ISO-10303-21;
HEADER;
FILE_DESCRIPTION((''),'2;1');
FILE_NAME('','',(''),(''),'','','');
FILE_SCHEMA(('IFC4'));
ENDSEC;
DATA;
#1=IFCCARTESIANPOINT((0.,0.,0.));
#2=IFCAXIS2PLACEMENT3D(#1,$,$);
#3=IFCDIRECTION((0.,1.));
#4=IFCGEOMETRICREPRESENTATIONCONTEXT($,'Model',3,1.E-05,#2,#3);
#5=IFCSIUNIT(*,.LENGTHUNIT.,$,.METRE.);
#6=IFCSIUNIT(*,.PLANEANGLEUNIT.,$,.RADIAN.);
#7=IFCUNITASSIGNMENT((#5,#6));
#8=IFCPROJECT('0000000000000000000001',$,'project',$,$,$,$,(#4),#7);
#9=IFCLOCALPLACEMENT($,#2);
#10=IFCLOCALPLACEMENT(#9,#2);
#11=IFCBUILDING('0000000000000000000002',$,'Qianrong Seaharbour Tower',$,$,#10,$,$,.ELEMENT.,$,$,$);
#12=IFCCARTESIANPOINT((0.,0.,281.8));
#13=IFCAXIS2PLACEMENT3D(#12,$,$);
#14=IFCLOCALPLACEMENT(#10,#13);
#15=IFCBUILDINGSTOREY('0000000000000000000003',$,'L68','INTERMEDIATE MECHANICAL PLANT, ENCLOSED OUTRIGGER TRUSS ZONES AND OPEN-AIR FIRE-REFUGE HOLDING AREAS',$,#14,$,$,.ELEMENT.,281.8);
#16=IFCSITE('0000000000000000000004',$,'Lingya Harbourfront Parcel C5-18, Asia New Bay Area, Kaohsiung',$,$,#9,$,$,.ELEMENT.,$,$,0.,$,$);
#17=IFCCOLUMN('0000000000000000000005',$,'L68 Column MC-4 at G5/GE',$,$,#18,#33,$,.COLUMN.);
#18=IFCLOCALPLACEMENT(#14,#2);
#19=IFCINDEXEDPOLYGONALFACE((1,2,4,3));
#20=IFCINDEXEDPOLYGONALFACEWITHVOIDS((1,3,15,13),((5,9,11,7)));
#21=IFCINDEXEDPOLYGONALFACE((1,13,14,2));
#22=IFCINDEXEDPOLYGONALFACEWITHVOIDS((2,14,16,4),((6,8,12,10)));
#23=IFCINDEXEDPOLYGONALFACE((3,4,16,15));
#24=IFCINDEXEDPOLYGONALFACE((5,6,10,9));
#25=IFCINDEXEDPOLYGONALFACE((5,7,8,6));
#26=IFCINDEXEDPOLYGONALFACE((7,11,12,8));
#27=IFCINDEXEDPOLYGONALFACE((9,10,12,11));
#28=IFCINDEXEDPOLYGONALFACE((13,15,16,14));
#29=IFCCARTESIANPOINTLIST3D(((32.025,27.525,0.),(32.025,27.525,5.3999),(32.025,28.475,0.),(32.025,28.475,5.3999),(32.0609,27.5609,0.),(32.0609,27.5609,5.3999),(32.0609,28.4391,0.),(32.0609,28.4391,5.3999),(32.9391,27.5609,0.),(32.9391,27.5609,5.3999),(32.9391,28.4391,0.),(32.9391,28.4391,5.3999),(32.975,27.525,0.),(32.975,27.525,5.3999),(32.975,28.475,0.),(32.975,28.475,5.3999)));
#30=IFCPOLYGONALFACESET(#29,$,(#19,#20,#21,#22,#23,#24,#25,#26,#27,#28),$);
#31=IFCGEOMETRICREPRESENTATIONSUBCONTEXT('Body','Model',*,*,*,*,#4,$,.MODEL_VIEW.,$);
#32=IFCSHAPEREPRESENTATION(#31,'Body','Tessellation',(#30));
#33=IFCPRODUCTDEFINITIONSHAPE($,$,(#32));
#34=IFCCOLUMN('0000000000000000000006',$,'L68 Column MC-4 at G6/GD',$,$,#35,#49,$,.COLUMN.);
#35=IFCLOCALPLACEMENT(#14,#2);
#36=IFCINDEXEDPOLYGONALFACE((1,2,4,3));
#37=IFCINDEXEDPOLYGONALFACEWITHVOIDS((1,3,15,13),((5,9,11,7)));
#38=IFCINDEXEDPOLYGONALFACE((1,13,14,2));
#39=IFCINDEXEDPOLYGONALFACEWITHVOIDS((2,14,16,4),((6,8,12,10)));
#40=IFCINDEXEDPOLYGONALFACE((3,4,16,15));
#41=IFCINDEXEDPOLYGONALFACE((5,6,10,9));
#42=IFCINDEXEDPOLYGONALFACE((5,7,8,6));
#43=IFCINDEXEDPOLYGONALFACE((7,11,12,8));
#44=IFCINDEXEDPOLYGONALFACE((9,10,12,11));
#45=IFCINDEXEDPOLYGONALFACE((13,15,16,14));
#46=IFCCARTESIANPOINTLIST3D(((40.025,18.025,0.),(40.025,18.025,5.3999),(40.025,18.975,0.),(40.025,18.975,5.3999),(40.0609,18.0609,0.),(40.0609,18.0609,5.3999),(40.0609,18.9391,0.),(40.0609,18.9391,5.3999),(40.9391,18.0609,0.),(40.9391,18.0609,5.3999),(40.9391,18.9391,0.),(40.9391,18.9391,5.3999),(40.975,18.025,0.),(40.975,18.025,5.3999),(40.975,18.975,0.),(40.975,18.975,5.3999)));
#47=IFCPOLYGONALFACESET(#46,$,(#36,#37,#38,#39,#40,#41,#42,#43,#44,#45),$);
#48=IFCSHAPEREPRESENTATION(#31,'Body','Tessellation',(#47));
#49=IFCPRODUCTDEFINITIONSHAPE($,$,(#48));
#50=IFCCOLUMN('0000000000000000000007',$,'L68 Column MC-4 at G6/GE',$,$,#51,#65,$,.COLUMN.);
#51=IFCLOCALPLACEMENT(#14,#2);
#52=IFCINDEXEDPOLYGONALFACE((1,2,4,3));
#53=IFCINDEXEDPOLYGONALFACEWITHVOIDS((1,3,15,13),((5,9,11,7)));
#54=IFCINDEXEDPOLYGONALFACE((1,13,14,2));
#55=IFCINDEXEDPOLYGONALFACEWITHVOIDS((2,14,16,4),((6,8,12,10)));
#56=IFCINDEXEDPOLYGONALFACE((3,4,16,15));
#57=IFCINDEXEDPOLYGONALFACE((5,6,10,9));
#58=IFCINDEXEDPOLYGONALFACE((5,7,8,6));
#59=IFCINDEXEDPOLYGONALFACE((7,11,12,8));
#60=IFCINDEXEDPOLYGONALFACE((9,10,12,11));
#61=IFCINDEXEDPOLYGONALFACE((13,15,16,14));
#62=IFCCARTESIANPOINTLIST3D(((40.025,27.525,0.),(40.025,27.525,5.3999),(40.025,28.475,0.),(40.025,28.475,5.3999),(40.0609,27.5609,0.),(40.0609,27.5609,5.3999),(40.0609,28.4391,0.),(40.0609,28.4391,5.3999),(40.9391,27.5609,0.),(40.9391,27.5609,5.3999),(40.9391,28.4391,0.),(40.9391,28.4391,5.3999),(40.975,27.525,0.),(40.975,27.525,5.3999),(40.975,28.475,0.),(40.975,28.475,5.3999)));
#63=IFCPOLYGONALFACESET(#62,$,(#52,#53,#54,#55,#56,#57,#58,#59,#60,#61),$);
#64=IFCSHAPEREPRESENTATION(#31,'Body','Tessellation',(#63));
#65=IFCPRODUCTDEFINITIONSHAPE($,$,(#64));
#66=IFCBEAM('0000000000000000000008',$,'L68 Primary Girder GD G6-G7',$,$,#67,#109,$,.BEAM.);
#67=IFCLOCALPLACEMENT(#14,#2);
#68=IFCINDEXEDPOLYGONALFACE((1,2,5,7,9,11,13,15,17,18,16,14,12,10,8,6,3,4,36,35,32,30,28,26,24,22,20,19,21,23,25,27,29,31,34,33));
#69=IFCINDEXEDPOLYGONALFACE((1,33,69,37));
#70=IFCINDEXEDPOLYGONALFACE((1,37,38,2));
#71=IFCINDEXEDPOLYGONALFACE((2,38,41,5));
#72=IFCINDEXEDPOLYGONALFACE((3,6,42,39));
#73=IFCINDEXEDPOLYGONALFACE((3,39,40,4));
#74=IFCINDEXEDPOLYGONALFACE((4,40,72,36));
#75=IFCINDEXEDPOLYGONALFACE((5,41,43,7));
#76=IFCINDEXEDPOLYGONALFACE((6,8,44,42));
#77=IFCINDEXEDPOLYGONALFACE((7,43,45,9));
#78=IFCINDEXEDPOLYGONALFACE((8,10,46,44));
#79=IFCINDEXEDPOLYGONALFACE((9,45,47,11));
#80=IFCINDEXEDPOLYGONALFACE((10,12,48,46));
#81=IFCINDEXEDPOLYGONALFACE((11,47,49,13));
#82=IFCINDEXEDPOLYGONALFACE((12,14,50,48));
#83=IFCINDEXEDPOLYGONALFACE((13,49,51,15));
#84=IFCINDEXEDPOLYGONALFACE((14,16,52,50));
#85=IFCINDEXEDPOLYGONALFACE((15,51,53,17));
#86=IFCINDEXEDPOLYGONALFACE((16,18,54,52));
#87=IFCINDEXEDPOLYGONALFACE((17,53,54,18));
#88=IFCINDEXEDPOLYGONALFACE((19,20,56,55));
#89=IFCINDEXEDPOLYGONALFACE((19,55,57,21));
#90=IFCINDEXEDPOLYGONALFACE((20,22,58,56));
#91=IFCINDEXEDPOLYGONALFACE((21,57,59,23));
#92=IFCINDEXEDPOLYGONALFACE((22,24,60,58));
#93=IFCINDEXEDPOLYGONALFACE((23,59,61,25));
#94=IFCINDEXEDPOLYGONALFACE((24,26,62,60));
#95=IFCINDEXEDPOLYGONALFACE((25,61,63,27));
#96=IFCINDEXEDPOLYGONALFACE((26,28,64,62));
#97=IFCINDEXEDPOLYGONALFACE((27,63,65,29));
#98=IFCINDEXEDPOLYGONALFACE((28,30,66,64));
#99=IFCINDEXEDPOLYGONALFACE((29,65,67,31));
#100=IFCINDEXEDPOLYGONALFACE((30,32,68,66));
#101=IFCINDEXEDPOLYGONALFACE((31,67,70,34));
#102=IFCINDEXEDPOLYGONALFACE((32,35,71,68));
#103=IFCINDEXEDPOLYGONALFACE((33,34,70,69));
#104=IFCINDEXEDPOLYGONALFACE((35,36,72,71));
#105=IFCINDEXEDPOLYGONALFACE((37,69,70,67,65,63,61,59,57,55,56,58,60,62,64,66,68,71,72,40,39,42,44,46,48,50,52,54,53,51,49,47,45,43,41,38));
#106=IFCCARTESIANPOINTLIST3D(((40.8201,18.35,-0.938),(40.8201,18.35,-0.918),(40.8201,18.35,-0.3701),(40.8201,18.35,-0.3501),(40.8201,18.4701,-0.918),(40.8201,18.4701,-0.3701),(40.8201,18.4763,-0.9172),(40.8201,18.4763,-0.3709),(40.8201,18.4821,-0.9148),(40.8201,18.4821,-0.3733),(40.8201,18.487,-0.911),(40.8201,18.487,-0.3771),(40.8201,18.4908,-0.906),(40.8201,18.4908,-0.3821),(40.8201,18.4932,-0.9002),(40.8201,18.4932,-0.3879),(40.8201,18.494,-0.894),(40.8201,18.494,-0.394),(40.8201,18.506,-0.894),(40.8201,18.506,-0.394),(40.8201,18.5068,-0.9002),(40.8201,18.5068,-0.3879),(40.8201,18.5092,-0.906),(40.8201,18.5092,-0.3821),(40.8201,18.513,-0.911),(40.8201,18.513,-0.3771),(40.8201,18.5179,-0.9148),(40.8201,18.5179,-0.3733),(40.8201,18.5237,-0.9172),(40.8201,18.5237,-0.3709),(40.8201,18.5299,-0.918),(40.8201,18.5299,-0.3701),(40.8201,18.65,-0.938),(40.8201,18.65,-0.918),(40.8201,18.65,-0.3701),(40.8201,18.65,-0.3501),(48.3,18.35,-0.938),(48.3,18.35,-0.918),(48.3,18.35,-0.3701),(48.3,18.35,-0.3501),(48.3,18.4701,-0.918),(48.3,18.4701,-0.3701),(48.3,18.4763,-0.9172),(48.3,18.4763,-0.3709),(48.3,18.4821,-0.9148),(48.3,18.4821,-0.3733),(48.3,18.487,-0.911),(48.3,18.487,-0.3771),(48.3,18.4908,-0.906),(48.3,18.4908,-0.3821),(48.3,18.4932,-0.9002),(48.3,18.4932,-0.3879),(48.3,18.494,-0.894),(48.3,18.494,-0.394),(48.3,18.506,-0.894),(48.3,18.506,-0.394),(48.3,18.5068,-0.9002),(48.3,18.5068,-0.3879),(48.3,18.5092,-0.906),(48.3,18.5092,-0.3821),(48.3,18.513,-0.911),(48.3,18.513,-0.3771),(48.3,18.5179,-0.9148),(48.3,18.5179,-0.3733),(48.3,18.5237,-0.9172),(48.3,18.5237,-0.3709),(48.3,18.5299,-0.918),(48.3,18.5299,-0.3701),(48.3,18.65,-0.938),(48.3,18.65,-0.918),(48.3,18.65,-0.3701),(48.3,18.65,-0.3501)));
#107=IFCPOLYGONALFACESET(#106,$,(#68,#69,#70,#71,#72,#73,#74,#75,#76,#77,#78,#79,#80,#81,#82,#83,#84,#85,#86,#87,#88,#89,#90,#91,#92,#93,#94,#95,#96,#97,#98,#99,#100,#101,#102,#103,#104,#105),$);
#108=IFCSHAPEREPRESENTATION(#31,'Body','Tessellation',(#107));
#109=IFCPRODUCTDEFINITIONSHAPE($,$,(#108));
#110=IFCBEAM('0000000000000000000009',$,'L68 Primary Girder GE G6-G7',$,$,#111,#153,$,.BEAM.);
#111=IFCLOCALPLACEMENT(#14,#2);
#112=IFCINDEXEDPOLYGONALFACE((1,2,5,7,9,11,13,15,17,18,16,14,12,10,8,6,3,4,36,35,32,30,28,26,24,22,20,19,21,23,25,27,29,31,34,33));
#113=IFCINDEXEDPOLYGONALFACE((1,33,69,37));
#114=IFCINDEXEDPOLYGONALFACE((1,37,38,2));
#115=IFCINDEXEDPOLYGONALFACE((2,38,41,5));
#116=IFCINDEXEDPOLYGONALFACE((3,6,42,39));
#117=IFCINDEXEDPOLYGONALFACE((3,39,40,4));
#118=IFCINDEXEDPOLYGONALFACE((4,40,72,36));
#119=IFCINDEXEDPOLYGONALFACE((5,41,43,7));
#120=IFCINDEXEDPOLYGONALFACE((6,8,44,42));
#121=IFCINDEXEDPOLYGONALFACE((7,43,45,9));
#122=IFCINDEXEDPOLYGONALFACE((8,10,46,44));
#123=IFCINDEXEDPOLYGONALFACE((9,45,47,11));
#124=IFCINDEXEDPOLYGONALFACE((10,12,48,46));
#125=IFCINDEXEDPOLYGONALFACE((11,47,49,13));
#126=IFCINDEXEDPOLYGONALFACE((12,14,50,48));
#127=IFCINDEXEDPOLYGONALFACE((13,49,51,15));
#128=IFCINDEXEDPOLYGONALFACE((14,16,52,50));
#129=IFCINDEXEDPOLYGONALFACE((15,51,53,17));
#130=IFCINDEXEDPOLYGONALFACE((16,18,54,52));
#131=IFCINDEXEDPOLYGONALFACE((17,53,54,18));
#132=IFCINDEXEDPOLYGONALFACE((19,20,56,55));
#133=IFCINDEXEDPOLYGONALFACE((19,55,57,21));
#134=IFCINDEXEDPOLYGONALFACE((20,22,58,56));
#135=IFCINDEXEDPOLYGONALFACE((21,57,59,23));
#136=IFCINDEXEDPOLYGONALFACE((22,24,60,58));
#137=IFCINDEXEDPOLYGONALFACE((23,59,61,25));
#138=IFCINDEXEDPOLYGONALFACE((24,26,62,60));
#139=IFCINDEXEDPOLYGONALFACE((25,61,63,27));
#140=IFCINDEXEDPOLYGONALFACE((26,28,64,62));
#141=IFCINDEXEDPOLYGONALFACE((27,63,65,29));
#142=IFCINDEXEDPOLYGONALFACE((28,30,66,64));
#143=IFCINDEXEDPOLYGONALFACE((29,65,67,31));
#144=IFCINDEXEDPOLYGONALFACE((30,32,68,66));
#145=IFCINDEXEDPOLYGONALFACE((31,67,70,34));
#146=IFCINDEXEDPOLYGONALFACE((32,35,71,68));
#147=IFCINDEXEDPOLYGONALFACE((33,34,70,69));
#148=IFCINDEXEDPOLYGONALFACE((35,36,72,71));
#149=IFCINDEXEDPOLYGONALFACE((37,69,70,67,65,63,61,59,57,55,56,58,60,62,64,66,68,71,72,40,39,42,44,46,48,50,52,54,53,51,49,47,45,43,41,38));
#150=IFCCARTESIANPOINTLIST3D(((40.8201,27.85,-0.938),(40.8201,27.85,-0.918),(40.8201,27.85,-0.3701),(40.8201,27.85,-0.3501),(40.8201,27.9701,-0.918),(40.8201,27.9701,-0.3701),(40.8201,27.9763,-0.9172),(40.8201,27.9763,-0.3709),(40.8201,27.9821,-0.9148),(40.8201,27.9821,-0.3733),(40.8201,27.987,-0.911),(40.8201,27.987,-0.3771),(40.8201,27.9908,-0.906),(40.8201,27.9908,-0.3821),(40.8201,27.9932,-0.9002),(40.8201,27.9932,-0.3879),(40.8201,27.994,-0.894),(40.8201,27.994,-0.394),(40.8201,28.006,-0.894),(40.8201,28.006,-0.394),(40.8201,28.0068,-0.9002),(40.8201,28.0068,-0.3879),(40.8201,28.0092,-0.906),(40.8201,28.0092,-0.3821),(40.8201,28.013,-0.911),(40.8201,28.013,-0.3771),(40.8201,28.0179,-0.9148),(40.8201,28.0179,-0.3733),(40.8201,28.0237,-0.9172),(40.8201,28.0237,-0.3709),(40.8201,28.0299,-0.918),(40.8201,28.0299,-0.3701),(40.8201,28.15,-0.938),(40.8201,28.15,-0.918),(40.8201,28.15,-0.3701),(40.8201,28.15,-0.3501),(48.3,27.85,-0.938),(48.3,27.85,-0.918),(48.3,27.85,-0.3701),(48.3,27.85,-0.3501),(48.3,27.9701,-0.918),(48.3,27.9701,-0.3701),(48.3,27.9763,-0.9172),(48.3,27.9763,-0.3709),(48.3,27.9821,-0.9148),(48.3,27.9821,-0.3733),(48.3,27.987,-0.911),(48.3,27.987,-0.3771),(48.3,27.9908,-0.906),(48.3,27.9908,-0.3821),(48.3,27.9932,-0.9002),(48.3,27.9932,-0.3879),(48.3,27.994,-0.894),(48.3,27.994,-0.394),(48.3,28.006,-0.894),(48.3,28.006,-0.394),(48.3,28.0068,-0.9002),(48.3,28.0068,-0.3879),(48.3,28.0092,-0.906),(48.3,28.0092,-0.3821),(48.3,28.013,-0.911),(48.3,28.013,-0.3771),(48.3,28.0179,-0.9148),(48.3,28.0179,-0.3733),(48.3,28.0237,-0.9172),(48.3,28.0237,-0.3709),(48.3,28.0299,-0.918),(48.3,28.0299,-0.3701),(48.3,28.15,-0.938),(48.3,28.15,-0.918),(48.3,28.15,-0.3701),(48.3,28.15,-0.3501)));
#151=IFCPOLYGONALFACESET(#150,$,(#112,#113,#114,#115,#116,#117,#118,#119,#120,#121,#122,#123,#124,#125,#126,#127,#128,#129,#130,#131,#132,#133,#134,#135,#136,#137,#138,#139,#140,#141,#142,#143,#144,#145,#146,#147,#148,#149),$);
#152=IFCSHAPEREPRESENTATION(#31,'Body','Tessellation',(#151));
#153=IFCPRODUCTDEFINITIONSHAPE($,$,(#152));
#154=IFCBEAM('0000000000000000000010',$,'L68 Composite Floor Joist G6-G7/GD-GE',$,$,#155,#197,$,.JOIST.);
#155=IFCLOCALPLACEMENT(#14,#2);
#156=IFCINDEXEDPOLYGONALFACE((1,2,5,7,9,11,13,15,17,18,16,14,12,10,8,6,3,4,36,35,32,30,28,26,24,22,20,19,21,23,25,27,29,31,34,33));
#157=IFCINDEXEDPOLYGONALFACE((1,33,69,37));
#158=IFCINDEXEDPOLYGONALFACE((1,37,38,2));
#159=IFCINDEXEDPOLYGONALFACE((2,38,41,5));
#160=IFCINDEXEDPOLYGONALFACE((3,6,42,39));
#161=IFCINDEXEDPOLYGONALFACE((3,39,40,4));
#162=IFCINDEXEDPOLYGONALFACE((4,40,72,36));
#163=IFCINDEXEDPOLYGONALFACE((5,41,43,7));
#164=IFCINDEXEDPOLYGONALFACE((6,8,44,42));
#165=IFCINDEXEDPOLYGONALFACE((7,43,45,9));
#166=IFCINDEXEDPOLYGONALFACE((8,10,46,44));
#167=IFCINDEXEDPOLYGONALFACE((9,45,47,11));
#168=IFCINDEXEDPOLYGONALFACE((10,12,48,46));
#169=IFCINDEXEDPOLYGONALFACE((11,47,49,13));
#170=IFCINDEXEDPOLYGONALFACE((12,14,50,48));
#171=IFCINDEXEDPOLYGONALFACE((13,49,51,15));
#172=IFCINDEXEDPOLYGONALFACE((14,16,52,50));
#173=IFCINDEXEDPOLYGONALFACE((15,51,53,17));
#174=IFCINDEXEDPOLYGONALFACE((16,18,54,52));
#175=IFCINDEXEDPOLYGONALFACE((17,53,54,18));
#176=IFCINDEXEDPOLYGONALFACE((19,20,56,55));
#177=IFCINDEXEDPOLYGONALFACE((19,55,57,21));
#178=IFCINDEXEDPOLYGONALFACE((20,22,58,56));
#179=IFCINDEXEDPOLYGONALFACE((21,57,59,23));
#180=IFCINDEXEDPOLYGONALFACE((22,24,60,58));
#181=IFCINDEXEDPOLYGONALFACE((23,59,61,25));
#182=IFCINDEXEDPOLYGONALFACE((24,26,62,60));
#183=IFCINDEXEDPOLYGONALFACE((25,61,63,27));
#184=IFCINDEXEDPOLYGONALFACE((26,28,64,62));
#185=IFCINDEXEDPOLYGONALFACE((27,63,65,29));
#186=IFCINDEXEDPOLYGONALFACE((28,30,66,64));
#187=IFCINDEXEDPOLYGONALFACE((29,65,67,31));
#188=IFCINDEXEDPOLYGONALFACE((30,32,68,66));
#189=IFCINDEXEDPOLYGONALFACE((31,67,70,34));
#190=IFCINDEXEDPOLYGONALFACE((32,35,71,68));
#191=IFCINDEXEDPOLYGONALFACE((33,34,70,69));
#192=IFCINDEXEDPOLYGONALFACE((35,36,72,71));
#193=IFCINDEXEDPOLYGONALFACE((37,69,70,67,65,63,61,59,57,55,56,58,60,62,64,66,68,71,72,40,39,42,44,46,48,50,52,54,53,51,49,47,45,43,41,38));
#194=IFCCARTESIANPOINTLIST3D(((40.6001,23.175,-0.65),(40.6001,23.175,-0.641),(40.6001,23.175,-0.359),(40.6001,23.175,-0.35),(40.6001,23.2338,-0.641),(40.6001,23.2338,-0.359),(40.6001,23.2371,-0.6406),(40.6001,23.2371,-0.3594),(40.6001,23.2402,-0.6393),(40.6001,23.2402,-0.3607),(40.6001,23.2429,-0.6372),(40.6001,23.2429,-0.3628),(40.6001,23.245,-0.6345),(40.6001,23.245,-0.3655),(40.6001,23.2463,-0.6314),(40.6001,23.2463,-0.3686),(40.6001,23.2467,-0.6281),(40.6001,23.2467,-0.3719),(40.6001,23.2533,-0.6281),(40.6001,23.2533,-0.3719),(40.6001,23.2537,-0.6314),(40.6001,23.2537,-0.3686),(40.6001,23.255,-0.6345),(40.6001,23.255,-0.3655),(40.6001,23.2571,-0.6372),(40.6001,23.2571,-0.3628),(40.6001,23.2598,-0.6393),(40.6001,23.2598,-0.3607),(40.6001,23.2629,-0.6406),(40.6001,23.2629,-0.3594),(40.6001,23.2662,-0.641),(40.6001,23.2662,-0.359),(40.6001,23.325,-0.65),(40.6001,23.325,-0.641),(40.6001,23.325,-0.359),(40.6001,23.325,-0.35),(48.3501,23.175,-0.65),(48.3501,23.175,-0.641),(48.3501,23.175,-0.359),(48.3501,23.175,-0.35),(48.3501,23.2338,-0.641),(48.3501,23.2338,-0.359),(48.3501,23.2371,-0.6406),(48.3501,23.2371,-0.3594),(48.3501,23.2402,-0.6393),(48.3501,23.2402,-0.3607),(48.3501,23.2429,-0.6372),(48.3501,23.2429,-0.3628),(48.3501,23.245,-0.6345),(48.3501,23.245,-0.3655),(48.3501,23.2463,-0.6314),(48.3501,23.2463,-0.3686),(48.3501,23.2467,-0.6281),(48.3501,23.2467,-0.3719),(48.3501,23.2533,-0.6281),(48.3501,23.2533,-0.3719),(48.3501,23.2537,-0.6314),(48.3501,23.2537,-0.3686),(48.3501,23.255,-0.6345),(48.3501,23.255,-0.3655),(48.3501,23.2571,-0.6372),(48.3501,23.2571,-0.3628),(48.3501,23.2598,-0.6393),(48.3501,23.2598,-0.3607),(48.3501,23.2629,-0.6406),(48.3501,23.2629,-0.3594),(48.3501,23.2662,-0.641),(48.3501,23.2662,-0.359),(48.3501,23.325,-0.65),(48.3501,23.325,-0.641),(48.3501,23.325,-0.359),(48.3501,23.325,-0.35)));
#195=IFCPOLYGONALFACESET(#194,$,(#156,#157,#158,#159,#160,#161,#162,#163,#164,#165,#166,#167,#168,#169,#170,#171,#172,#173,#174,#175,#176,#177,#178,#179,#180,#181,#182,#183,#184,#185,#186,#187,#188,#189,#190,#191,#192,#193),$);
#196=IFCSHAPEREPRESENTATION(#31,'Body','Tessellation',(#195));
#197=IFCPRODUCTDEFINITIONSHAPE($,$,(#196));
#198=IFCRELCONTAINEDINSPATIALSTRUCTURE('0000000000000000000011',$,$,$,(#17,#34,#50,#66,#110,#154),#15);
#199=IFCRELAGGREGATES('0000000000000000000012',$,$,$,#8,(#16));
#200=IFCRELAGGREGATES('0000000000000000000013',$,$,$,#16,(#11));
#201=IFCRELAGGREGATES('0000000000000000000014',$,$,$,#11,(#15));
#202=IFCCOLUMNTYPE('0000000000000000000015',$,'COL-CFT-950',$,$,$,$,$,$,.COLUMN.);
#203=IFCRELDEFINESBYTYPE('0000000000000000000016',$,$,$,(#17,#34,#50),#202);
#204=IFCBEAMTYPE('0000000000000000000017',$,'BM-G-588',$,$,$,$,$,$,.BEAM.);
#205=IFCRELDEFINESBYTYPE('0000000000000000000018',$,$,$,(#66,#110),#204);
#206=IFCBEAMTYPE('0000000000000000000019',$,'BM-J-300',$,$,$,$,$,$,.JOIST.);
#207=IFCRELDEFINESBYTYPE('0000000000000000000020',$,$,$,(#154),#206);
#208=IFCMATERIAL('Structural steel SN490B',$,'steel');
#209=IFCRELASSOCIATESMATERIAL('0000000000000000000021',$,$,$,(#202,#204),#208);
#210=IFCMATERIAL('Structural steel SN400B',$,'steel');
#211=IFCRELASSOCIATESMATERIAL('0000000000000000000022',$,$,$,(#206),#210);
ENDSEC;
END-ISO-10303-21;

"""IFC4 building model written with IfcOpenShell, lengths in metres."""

from ifc_helpers import new_model, si_unit, direction, frame, origin, origin_2d, place, context, subcontext, project, spatial, hollow_rectangle, i_section, extrude, material, material_profile, profile_set, type_object, element, save


model = new_model("IFC4")

# Units and contexts
model_context = context("Model", 3, precision=1e-05, world=origin(), true_north=direction((0.0, 1.0)))
body_context = subcontext(model_context, "Body", "Model", "MODEL_VIEW")
ifc_project = project(units=[si_unit("LENGTHUNIT", "METRE"), si_unit("PLANEANGLEUNIT", "RADIAN")], contexts=[model_context])

# Site, building, storey
site_placement = place(None, origin())
site = spatial("IfcSite", under=ifc_project, at=site_placement, Name="Lingya Harbourfront Parcel C5-18, Asia New Bay Area, Kaohsiung", CompositionType="ELEMENT", RefElevation=0.0)
building_placement = place(site_placement, origin())
building = spatial("IfcBuilding", under=site, at=building_placement, Name="Qianrong Seaharbour Tower", CompositionType="ELEMENT")
storey_placement = place(building_placement, frame((0.0, 0.0, 281.8)))
storey = spatial("IfcBuildingStorey", under=building, at=storey_placement, Name="L68", Description="INTERMEDIATE MECHANICAL PLANT, ENCLOSED OUTRIGGER TRUSS ZONES AND OPEN-AIR FIRE-REFUGE HOLDING AREAS", CompositionType="ELEMENT", Elevation=281.8)

# Columns
ifc_material_1 = material(Name="Structural steel SN490B", Category="steel")
ifc_material_profile_1 = material_profile(ifc_material_1, hollow_rectangle(XDim=0.95, YDim=0.95, WallThickness=0.0359, at=origin_2d()), Name="BOX950x950x36")
ifc_profile_set_1 = profile_set([ifc_material_profile_1], Name="Structural steel SN490B")
column_type = type_object("IfcColumnType", Name="COL-CFT-950", PredefinedType="COLUMN", material=ifc_profile_set_1)
for number, where, z_axis, x_axis, name in (
    (1, (32.5, 28.0, 0.0), (0.0, 0.0, 1.0), (1.0, 0.0, 0.0), "L68 Column MC-4 at G5/GE"),
    (2, (40.5, 18.5, 0.0), (0.0, 0.0, 1.0), (1.0, 0.0, 0.0), "L68 Column MC-4 at G6/GD"),
    (3, (40.5, 28.0, 0.0), (0.0, 0.0, 1.0), (1.0, 0.0, 0.0), "L68 Column MC-4 at G6/GE"),
):
    element("IfcColumn", number, at=place(storey_placement, frame(where, z_axis=z_axis, x_axis=x_axis)), inside=storey, type_object=column_type, Name=name, PredefinedType="COLUMN", context=body_context, shape_type="SweptSolid", body=[
        extrude(hollow_rectangle(XDim=0.95, YDim=0.95, WallThickness=0.0359, at=origin_2d()), origin(), (0.0, 0.0, 1.0), 5.3999),
    ])

# Beams
ifc_material_profile_2 = material_profile(ifc_material_1, i_section(OverallWidth=0.3, OverallDepth=0.5879, WebThickness=0.012, FlangeThickness=0.02, FilletRadius=0.0239, at=origin_2d()), Name="H588x300x12x20")
ifc_profile_set_2 = profile_set([ifc_material_profile_2], Name="Structural steel SN490B")
beam_type_1 = type_object("IfcBeamType", Name="BM-G-588", PredefinedType="BEAM", material=ifc_profile_set_2)
for number, where, z_axis, x_axis, name in (
    (4, (40.8201, 18.5, -0.644), (1.0, 0.0, 0.0), (0.0, 1.0, 0.0), "L68 Primary Girder GD G6-G7"),
    (5, (40.8201, 28.0, -0.644), (1.0, 0.0, 0.0), (0.0, 1.0, 0.0), "L68 Primary Girder GE G6-G7"),
):
    element("IfcBeam", number, at=place(storey_placement, frame(where, z_axis=z_axis, x_axis=x_axis)), inside=storey, type_object=beam_type_1, Name=name, PredefinedType="BEAM", context=body_context, shape_type="SweptSolid", body=[
        extrude(i_section(OverallWidth=0.3, OverallDepth=0.5879, WebThickness=0.012, FlangeThickness=0.02, FilletRadius=0.0239, at=origin_2d()), origin(), (0.0, 0.0, 1.0), 7.48),
    ])
ifc_material_2 = material(Name="Structural steel SN400B", Category="steel")
ifc_material_profile_3 = material_profile(ifc_material_2, i_section(OverallWidth=0.1499, OverallDepth=0.3, WebThickness=0.0066, FlangeThickness=0.009, FilletRadius=0.0129, at=origin_2d()), Name="H300x150x6.5x9")
ifc_profile_set_3 = profile_set([ifc_material_profile_3], Name="Structural steel SN400B")
beam_type_2 = type_object("IfcBeamType", Name="BM-J-300", PredefinedType="JOIST", material=ifc_profile_set_3)
beam_1_placement = place(storey_placement, frame((40.6001, 23.25, -0.5), z_axis=(1.0, 0.0, 0.0), x_axis=(0.0, 1.0, 0.0)))
element("IfcBeam", 6, at=beam_1_placement, inside=storey, type_object=beam_type_2, Name="L68 Composite Floor Joist G6-G7/GD-GE", PredefinedType="JOIST", context=body_context, shape_type="SweptSolid", body=[
    extrude(i_section(OverallWidth=0.1499, OverallDepth=0.3, WebThickness=0.0066, FlangeThickness=0.009, FilletRadius=0.0129, at=origin_2d()), origin(), (0.0, 0.0, 1.0), 7.75),
])

save(model, "model.ifc")
